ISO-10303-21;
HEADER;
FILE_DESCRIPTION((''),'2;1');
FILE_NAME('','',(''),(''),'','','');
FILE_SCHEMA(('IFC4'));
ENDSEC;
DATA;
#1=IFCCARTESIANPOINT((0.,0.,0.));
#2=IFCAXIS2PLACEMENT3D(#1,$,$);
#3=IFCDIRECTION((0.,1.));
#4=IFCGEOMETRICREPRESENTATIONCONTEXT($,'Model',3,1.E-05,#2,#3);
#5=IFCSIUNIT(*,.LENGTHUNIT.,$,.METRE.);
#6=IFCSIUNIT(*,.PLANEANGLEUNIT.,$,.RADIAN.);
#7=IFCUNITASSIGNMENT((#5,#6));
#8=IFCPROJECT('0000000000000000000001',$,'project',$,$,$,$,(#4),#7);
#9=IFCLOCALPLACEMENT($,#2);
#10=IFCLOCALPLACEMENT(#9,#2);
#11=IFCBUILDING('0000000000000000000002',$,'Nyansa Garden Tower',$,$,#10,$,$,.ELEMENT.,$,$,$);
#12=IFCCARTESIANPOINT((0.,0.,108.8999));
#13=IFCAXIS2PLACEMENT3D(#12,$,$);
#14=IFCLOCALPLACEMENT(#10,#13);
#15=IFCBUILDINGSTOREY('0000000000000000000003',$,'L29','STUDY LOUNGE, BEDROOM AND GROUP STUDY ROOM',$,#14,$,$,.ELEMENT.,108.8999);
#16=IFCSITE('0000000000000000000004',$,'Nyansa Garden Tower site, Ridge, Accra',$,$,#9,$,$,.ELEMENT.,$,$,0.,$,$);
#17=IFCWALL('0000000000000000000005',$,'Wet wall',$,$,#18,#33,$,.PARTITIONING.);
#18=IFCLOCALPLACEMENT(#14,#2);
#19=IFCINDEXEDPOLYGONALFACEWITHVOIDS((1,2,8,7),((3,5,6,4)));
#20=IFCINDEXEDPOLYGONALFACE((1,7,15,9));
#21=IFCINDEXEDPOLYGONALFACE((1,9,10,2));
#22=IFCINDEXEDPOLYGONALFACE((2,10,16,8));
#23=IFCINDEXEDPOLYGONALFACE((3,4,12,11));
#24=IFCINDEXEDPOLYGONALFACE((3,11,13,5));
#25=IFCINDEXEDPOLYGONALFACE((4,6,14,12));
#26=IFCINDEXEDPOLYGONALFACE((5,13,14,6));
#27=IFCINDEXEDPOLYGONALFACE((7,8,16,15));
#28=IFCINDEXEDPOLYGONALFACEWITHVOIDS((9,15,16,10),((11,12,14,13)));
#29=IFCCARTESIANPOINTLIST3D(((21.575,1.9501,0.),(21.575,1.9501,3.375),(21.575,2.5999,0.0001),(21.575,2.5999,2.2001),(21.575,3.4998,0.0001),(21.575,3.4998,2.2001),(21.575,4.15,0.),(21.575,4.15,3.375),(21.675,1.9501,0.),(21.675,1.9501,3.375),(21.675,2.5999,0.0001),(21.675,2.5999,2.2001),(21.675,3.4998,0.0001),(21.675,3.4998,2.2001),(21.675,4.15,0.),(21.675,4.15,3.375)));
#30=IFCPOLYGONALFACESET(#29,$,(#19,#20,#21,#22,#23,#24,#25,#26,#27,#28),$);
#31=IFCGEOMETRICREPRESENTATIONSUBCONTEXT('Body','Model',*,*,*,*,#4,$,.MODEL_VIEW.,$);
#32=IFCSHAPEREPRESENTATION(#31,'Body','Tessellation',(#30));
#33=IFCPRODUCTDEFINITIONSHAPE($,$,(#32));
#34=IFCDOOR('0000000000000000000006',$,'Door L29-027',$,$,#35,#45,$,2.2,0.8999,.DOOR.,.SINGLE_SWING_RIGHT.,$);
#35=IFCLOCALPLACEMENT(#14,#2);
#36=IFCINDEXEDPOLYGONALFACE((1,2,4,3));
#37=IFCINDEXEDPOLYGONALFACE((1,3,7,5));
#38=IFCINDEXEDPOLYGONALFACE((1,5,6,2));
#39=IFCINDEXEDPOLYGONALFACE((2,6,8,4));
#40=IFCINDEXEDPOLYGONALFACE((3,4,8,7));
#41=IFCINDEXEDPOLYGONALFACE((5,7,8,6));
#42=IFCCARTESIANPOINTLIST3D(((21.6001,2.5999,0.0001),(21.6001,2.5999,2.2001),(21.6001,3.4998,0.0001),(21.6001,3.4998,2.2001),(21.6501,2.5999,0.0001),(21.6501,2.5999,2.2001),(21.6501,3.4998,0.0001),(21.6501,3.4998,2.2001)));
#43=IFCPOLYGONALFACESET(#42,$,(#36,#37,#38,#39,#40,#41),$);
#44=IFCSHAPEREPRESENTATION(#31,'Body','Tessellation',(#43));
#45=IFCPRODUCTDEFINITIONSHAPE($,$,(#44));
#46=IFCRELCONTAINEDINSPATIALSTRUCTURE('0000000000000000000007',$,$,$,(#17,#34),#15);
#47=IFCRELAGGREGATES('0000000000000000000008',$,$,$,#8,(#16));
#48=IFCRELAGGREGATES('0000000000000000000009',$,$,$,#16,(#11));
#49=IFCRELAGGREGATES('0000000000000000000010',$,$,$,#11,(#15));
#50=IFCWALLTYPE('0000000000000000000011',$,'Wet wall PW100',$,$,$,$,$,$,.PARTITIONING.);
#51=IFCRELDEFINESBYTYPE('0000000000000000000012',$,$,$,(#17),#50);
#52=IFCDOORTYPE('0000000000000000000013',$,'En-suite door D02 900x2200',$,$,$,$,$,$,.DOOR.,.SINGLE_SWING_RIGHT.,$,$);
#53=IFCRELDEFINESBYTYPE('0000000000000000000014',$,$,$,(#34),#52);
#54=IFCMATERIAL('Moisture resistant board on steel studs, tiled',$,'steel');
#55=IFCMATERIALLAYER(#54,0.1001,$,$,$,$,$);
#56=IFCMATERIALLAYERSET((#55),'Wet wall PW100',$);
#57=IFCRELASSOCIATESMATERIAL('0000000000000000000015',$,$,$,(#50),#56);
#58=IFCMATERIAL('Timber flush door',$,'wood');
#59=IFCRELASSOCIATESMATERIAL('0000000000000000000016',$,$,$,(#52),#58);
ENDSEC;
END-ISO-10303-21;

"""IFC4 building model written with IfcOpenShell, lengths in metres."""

from ifc_helpers import new_model, si_unit, direction, frame, frame_2d, origin, place, context, subcontext, project, spatial, rectangle, extrude, material, layer, layer_set, type_object, element, fill, save


model = new_model("IFC4")

# Units and contexts
model_context = context("Model", 3, precision=1e-05, world=origin(), true_north=direction((0.0, 1.0)))
body_context = subcontext(model_context, "Body", "Model", "MODEL_VIEW")
ifc_project = project(units=[si_unit("LENGTHUNIT", "METRE"), si_unit("PLANEANGLEUNIT", "RADIAN")], contexts=[model_context])

# Site, building, storey
site_placement = place(None, origin())
site = spatial("IfcSite", under=ifc_project, at=site_placement, Name="Nyansa Garden Tower site, Ridge, Accra", CompositionType="ELEMENT", RefElevation=0.0)
building_placement = place(site_placement, origin())
building = spatial("IfcBuilding", under=site, at=building_placement, Name="Nyansa Garden Tower", CompositionType="ELEMENT")
storey_placement = place(building_placement, frame((0.0, 0.0, 108.8999)))
storey = spatial("IfcBuildingStorey", under=building, at=storey_placement, Name="L29", Description="STUDY LOUNGE, BEDROOM AND GROUP STUDY ROOM", CompositionType="ELEMENT", Elevation=108.8999)

# Shared definitions
ifc_material_1 = material(Name="Moisture resistant board on steel studs, tiled", Category="steel")
ifc_layer_1 = layer(ifc_material_1, 0.1001)
ifc_layer_set_1 = layer_set([ifc_layer_1], Name="Wet wall PW100")
wall_type_1 = type_object("IfcWallType", Name="Wet wall PW100", PredefinedType="PARTITIONING", material=ifc_layer_set_1)
ifc_material_2 = material(Name="Timber flush door", Category="wood")
door_type_1 = type_object("IfcDoorType", Name="En-suite door D02 900x2200", OperationType="SINGLE_SWING_RIGHT", PredefinedType="DOOR", material=ifc_material_2)

# Wall, opening, door
wall_1_placement = place(storey_placement, frame((21.625, 1.95, 0.0), z_axis=(0.0, 0.0, 1.0), x_axis=(0.0, 1.0, 0.0)))
wall_1 = element("IfcWall", 1, at=wall_1_placement, inside=storey, type_object=wall_type_1, Name="Wet wall", PredefinedType="PARTITIONING", context=body_context, shape_type="SweptSolid", body=[
    extrude(rectangle(XDim=2.2, YDim=0.1001, at=frame_2d((1.1001, 0.0))), origin(), (0.0, 0.0, 1.0), 3.375),
])
opening_1_placement = place(wall_1_placement, frame((0.6499, 0.0, 0.0)))
opening_1 = element("IfcOpeningElement", 2, at=opening_1_placement, cuts=wall_1, PredefinedType="OPENING", context=body_context, shape_type="SweptSolid", body=[
    extrude(rectangle(XDim=0.8999, YDim=2.2, at=frame_2d((0.45, 1.1001))), frame((0.0, 0.0601, 0.0), z_axis=(0.0, -1.0, 0.0), x_axis=(1.0, 0.0, 0.0)), (0.0, 0.0, 1.0), 0.1201),
])
door_1_placement = place(opening_1_placement, origin())
door_1 = element("IfcDoor", 3, at=door_1_placement, inside=storey, type_object=door_type_1, Name="Door L29-027", OperationType="SINGLE_SWING_RIGHT", OverallHeight=2.2, OverallWidth=0.8999, PredefinedType="DOOR", context=body_context, shape_type="SweptSolid", body=[
    extrude(rectangle(XDim=0.8999, YDim=2.2, at=frame_2d((0.45, 1.1001))), frame((0.0, 0.0249, 0.0), z_axis=(0.0, -1.0, 0.0), x_axis=(1.0, 0.0, 0.0)), (0.0, 0.0, 1.0), 0.05),
])
fill(opening_1, door_1)

save(model, "model.ifc")
